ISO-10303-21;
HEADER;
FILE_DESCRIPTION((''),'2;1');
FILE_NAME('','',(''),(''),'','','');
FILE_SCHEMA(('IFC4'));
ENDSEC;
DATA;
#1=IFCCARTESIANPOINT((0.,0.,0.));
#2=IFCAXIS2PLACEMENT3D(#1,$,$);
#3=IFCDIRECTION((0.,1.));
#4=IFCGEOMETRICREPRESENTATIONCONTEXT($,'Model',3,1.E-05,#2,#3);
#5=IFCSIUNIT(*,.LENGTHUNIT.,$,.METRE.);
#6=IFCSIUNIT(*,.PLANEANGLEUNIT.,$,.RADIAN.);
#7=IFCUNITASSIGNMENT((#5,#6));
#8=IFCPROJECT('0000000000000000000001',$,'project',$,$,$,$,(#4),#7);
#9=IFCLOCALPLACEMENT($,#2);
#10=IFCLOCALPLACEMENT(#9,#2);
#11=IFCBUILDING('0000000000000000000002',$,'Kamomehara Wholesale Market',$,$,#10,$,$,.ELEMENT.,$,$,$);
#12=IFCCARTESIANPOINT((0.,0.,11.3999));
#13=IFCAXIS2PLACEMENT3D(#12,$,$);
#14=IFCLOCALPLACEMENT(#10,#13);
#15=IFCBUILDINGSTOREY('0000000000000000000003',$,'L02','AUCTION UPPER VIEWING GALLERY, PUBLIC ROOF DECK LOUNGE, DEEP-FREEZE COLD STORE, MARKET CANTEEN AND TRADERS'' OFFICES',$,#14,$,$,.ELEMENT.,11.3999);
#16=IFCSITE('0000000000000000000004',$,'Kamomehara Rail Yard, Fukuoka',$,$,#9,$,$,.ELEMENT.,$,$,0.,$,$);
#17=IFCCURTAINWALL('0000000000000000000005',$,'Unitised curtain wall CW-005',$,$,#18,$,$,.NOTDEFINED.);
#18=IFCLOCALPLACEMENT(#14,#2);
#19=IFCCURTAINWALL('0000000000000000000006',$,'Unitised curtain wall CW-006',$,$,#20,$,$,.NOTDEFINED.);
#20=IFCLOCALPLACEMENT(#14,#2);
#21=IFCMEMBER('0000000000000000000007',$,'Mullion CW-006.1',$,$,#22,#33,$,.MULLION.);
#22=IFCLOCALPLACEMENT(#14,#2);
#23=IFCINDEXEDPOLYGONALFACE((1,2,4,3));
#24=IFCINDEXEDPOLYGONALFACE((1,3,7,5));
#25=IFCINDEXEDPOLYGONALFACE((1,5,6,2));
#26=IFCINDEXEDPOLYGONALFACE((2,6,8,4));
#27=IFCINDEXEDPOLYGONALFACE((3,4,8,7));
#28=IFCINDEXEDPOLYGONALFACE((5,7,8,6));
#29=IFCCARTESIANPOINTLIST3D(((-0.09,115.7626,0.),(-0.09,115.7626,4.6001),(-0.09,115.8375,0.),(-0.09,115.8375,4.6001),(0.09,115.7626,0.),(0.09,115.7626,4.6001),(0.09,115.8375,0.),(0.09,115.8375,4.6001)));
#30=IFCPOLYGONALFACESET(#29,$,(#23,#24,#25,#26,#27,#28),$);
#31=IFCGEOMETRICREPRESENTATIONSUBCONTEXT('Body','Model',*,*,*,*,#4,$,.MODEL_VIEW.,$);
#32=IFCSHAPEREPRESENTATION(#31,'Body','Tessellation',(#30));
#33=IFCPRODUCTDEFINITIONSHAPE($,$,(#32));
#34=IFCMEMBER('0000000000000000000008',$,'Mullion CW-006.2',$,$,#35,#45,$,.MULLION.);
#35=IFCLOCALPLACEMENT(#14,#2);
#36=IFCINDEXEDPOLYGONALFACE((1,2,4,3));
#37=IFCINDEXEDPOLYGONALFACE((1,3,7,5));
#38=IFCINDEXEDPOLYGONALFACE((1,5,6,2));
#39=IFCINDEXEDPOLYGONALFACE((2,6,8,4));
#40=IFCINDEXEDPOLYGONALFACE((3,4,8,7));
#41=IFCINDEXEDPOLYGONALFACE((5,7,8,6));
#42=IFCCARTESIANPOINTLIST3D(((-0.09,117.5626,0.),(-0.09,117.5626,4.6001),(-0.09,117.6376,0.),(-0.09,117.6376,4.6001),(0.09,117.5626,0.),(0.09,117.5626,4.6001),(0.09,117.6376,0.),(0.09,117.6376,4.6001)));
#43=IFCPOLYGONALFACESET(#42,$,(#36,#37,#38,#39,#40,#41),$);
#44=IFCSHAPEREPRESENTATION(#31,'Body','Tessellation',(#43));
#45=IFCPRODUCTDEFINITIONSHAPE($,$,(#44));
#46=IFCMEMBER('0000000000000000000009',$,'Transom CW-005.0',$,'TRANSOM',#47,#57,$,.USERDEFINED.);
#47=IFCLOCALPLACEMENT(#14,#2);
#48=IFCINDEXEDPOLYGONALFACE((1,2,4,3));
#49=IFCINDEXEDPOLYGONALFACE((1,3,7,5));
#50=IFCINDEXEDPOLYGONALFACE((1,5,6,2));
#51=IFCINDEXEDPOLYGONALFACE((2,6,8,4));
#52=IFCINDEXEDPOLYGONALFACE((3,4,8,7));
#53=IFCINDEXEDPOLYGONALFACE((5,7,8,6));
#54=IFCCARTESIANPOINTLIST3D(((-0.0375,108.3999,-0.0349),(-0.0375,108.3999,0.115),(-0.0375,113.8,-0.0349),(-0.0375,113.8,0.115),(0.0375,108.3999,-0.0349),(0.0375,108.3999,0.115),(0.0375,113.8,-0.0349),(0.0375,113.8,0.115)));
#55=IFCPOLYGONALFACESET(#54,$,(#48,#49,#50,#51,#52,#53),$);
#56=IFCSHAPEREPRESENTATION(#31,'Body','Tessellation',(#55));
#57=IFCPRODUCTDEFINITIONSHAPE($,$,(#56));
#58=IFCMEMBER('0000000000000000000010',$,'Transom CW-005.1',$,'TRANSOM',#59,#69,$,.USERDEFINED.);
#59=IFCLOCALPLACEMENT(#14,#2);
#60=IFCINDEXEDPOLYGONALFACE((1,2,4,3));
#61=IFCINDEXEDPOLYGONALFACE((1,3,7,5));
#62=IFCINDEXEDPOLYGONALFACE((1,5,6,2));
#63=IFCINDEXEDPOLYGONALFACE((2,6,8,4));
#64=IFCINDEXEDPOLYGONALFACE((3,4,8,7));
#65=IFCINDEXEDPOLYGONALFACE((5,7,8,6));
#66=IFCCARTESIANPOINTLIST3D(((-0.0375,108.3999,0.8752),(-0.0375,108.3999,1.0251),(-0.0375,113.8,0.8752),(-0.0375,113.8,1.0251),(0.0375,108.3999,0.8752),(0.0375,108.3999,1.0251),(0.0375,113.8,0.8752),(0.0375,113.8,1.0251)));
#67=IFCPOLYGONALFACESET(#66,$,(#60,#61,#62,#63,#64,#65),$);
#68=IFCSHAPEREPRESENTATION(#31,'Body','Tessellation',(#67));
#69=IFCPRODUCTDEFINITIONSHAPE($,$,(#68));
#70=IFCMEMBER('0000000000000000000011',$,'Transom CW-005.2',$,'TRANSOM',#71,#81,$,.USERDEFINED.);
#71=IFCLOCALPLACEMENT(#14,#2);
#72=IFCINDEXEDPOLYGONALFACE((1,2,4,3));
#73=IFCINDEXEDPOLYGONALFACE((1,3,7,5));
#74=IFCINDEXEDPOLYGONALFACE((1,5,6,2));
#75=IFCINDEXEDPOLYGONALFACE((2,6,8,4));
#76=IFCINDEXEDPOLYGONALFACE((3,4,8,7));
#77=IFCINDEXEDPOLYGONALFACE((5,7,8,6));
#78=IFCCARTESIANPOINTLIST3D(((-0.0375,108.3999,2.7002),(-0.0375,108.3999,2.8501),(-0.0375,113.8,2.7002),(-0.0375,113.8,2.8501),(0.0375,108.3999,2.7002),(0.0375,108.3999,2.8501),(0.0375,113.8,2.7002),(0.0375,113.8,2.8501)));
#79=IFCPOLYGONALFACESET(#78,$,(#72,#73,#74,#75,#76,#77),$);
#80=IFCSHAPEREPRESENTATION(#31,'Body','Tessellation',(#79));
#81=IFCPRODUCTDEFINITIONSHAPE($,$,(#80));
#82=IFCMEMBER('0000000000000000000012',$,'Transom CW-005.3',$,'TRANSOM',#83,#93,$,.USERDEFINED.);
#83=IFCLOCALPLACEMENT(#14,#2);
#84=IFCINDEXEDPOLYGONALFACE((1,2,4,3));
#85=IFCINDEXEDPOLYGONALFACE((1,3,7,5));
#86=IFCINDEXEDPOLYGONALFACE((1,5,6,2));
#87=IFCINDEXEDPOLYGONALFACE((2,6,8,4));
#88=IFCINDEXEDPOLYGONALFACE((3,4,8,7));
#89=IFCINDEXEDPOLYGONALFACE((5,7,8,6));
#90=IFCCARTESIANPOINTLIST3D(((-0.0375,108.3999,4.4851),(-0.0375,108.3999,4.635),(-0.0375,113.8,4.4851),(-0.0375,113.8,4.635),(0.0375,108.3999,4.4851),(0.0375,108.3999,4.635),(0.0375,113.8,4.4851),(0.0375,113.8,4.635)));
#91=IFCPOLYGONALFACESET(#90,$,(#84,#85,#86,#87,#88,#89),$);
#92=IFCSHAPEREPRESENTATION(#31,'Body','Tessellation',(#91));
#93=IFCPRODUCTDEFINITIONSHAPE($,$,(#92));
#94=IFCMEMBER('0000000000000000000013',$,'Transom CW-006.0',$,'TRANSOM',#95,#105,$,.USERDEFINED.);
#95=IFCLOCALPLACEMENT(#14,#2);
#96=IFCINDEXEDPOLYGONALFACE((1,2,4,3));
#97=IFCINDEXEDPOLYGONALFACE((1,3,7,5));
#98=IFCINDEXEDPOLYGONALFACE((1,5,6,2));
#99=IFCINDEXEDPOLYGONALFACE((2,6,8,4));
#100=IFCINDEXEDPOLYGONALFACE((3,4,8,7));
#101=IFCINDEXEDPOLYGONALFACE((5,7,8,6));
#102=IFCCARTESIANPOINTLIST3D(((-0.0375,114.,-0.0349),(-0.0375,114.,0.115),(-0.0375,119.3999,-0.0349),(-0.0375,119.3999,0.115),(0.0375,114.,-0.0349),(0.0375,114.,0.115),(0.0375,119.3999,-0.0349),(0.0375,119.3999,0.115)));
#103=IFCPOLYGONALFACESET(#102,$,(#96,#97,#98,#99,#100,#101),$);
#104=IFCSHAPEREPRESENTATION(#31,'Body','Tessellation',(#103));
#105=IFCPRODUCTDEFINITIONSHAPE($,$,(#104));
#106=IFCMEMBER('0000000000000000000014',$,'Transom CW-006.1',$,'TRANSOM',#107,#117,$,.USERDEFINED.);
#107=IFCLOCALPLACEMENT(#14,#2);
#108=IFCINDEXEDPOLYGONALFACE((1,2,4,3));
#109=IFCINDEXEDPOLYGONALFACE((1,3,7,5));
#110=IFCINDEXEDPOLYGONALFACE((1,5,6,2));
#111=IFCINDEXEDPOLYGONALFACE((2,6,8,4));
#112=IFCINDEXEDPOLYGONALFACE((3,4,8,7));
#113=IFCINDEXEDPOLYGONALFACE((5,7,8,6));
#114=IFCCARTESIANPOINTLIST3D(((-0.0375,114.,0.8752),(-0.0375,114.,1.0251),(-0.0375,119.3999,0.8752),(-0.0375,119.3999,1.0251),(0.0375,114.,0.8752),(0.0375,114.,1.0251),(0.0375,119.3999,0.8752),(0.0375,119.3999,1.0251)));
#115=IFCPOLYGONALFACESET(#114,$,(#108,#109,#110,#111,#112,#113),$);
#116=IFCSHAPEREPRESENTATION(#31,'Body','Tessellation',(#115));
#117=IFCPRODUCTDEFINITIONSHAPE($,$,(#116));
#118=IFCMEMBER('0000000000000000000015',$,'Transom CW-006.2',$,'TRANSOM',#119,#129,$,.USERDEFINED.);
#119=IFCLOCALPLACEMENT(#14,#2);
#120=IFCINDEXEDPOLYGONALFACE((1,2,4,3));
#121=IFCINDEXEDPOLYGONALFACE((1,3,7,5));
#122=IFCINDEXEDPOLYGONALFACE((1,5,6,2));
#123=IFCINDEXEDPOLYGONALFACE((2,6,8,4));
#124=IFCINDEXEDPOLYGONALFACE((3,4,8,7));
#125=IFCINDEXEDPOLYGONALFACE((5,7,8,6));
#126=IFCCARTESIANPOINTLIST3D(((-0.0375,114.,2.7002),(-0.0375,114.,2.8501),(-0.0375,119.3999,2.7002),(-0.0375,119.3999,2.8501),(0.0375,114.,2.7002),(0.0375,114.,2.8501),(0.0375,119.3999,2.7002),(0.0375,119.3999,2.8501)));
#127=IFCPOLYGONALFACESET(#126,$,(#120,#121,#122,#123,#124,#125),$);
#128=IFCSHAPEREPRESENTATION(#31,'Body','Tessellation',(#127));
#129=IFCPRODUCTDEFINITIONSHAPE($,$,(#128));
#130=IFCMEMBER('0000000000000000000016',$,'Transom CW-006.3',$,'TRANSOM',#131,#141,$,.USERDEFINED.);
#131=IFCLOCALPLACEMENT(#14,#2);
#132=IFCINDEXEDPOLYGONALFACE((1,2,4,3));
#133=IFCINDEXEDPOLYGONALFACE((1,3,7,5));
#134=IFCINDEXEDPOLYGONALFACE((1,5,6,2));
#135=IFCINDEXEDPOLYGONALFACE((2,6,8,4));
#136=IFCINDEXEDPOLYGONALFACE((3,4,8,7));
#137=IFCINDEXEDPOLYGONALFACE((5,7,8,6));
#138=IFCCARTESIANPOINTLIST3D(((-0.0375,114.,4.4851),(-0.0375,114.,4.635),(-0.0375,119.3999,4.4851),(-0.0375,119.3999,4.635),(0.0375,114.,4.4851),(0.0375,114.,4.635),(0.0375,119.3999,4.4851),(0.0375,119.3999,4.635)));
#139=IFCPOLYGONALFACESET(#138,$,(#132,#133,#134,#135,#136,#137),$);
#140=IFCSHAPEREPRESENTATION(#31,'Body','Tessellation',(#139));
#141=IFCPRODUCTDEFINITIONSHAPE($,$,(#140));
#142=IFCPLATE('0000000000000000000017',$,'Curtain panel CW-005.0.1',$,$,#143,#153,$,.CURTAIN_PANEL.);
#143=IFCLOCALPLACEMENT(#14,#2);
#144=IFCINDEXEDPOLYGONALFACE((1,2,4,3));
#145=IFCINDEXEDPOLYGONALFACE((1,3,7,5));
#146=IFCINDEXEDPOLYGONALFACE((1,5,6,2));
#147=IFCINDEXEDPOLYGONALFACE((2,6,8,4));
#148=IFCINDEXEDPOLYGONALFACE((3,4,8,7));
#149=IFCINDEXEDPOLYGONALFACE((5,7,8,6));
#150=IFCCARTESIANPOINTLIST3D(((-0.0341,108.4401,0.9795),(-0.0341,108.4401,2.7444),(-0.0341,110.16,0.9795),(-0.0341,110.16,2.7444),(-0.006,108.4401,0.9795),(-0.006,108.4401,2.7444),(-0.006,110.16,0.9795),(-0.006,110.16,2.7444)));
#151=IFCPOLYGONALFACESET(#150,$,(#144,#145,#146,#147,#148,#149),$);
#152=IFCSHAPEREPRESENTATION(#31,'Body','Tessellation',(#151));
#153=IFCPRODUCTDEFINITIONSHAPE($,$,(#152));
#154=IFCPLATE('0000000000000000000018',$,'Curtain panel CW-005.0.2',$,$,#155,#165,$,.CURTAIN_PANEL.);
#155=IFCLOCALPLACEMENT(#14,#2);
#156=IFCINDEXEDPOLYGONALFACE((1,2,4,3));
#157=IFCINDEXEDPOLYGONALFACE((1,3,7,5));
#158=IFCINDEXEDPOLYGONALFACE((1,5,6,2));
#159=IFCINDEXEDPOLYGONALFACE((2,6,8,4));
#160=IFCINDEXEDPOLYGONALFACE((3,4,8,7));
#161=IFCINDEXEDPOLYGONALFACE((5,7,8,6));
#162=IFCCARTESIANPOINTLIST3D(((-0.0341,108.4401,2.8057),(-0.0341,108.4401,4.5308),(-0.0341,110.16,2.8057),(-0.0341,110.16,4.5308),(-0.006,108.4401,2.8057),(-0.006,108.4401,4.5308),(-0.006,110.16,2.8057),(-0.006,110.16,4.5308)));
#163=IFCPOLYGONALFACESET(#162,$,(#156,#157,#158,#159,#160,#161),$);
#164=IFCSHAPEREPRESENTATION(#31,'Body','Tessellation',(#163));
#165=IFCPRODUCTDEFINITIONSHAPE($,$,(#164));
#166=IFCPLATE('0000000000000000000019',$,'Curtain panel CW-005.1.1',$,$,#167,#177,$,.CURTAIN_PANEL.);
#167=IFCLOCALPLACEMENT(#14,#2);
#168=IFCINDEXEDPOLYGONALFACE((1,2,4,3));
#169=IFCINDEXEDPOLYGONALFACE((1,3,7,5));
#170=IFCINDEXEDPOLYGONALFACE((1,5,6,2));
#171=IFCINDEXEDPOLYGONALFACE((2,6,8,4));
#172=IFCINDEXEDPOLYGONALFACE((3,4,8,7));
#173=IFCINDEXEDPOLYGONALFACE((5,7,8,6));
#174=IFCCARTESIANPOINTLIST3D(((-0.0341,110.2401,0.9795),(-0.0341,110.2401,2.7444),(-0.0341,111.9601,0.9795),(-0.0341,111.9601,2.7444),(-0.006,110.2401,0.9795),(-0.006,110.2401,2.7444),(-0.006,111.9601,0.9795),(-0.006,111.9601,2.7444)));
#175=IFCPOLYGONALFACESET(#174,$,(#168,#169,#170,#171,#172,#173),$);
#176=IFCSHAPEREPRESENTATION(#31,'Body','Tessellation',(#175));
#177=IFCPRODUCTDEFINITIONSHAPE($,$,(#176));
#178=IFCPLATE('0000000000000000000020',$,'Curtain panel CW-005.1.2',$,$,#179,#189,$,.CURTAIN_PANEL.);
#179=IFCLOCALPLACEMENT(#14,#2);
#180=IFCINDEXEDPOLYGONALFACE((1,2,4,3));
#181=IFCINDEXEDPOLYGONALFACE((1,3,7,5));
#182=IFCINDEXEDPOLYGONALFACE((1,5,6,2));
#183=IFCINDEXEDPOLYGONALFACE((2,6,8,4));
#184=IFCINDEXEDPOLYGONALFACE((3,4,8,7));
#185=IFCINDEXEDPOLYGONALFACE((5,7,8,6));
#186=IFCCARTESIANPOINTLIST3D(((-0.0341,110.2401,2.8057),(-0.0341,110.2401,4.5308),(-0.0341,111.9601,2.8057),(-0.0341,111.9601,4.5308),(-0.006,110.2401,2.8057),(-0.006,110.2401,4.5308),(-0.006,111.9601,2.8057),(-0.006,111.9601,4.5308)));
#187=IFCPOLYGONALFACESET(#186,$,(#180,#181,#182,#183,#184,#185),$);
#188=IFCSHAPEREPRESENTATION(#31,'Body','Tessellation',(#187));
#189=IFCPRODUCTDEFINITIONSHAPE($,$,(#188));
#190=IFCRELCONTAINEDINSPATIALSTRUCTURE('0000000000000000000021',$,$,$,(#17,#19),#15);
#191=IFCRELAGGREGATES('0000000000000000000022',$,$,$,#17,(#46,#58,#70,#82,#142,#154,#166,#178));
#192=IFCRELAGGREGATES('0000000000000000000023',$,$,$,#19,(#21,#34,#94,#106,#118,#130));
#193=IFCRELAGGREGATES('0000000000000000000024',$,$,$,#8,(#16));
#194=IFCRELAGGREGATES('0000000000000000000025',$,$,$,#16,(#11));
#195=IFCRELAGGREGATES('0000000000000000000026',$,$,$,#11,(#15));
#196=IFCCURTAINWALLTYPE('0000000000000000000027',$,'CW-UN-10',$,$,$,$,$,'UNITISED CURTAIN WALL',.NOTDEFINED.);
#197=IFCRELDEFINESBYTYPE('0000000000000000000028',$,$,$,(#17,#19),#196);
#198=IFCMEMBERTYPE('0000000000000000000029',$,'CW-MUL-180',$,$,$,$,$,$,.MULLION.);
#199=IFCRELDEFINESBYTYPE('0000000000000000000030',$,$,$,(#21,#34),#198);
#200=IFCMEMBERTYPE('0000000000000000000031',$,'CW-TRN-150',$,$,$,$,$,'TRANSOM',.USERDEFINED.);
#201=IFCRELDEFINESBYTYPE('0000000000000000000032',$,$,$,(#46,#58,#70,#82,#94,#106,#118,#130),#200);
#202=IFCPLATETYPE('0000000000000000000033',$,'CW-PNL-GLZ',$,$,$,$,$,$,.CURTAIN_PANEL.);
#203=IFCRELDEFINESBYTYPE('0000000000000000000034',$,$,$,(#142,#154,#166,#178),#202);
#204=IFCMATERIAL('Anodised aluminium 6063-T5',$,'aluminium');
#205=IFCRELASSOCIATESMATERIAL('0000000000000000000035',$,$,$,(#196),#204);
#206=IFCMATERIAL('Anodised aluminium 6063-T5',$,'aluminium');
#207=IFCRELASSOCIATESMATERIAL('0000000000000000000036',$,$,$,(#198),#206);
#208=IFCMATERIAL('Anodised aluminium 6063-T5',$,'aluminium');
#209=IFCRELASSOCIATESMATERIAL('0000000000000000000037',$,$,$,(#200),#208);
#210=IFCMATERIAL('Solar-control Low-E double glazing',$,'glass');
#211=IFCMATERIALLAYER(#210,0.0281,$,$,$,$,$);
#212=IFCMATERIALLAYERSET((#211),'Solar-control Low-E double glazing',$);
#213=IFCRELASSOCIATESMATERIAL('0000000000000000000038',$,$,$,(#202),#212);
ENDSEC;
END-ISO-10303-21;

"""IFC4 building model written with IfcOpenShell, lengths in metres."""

from ifc_helpers import new_model, si_unit, direction, frame, origin, origin_2d, place, context, subcontext, project, spatial, rectangle, extrude, material, layer, layer_set, material_profile, profile_set, type_object, element, aggregate, save


model = new_model("IFC4")

# Units and contexts
model_context = context("Model", 3, precision=1e-05, world=origin(), true_north=direction((0.0, 1.0)))
body_context = subcontext(model_context, "Body", "Model", "MODEL_VIEW")
ifc_project = project(units=[si_unit("LENGTHUNIT", "METRE"), si_unit("PLANEANGLEUNIT", "RADIAN")], contexts=[model_context])

# Site, building, storey
site_placement = place(None, origin())
site = spatial("IfcSite", under=ifc_project, at=site_placement, Name="Kamomehara Rail Yard, Fukuoka", CompositionType="ELEMENT", RefElevation=0.0)
building_placement = place(site_placement, origin())
building = spatial("IfcBuilding", under=site, at=building_placement, Name="Kamomehara Wholesale Market", CompositionType="ELEMENT")
storey_placement = place(building_placement, frame((0.0, 0.0, 11.3999)))
storey = spatial("IfcBuildingStorey", under=building, at=storey_placement, Name="L02", Description="AUCTION UPPER VIEWING GALLERY, PUBLIC ROOF DECK LOUNGE, DEEP-FREEZE COLD STORE, MARKET CANTEEN AND TRADERS' OFFICES", CompositionType="ELEMENT", Elevation=11.3999)

# Curtain walls, members
ifc_material_1 = material(Name="Anodised aluminium 6063-T5", Category="aluminium")
curtain_wall_type = type_object("IfcCurtainWallType", Name="CW-UN-10", ElementType="UNITISED CURTAIN WALL", PredefinedType="NOTDEFINED", material=ifc_material_1)
curtain_wall_1_placement = place(storey_placement, origin())
curtain_wall_1 = element("IfcCurtainWall", 1, at=curtain_wall_1_placement, inside=storey, type_object=curtain_wall_type, Name="Unitised curtain wall CW-005", PredefinedType="NOTDEFINED")
ifc_material_2 = material(Name="Anodised aluminium 6063-T5", Category="aluminium")
ifc_material_profile_1 = material_profile(ifc_material_2, rectangle(XDim=0.075, YDim=0.1799, at=origin_2d()), Name="ALU-MUL-75x180")
ifc_profile_set_1 = profile_set([ifc_material_profile_1], Name="Anodised aluminium 6063-T5")
member_type_1 = type_object("IfcMemberType", Name="CW-MUL-180", PredefinedType="MULLION", material=ifc_profile_set_1)
curtain_wall_2_placement = place(storey_placement, origin())
curtain_wall_2 = element("IfcCurtainWall", 2, at=curtain_wall_2_placement, inside=storey, type_object=curtain_wall_type, Name="Unitised curtain wall CW-006", PredefinedType="NOTDEFINED")
member_1_placement = place(storey_placement, frame((0.0, 115.8, 0.0), z_axis=(0.0, 0.0, 1.0), x_axis=(0.0, 1.0, 0.0)))
member_1 = element("IfcMember", 3, at=member_1_placement, type_object=member_type_1, Name="Mullion CW-006.1", PredefinedType="MULLION", context=body_context, shape_type="SweptSolid", body=[
    extrude(rectangle(XDim=0.075, YDim=0.1799, at=origin_2d()), origin(), (0.0, 0.0, 1.0), 4.6001),
])
member_2_placement = place(storey_placement, frame((0.0, 117.6001, 0.0), z_axis=(0.0, 0.0, 1.0), x_axis=(0.0, 1.0, 0.0)))
member_2 = element("IfcMember", 4, at=member_2_placement, type_object=member_type_1, Name="Mullion CW-006.2", PredefinedType="MULLION", context=body_context, shape_type="SweptSolid", body=[
    extrude(rectangle(XDim=0.075, YDim=0.1799, at=origin_2d()), origin(), (0.0, 0.0, 1.0), 4.6001),
])

# Members
ifc_material_3 = material(Name="Anodised aluminium 6063-T5", Category="aluminium")
ifc_material_profile_2 = material_profile(ifc_material_3, rectangle(XDim=0.075, YDim=0.1499, at=origin_2d()), Name="ALU-TRN-75x150")
ifc_profile_set_2 = profile_set([ifc_material_profile_2], Name="Anodised aluminium 6063-T5")
member_type_2 = type_object("IfcMemberType", Name="CW-TRN-150", ElementType="TRANSOM", PredefinedType="USERDEFINED", material=ifc_profile_set_2)
member_3_placement = place(storey_placement, frame((0.0, 108.3999, 0.04), z_axis=(0.0, 1.0, 0.0), x_axis=(-1.0, 0.0, 0.0)))
member_3 = element("IfcMember", 5, at=member_3_placement, type_object=member_type_2, Name="Transom CW-005.0", ObjectType="TRANSOM", PredefinedType="USERDEFINED", context=body_context, shape_type="SweptSolid", body=[
    extrude(rectangle(XDim=0.075, YDim=0.1499, at=origin_2d()), origin(), (0.0, 0.0, 1.0), 5.4001),
])
member_4_placement = place(storey_placement, frame((0.0, 108.3999, 0.9502), z_axis=(0.0, 1.0, 0.0), x_axis=(-1.0, 0.0, 0.0)))
member_4 = element("IfcMember", 6, at=member_4_placement, type_object=member_type_2, Name="Transom CW-005.1", ObjectType="TRANSOM", PredefinedType="USERDEFINED", context=body_context, shape_type="SweptSolid", body=[
    extrude(rectangle(XDim=0.075, YDim=0.1499, at=origin_2d()), origin(), (0.0, 0.0, 1.0), 5.4001),
])
member_5_placement = place(storey_placement, frame((0.0, 108.3999, 2.7751), z_axis=(0.0, 1.0, 0.0), x_axis=(-1.0, 0.0, 0.0)))
member_5 = element("IfcMember", 7, at=member_5_placement, type_object=member_type_2, Name="Transom CW-005.2", ObjectType="TRANSOM", PredefinedType="USERDEFINED", context=body_context, shape_type="SweptSolid", body=[
    extrude(rectangle(XDim=0.075, YDim=0.1499, at=origin_2d()), origin(), (0.0, 0.0, 1.0), 5.4001),
])
member_6_placement = place(storey_placement, frame((0.0, 108.3999, 4.5601), z_axis=(0.0, 1.0, 0.0), x_axis=(-1.0, 0.0, 0.0)))
member_6 = element("IfcMember", 8, at=member_6_placement, type_object=member_type_2, Name="Transom CW-005.3", ObjectType="TRANSOM", PredefinedType="USERDEFINED", context=body_context, shape_type="SweptSolid", body=[
    extrude(rectangle(XDim=0.075, YDim=0.1499, at=origin_2d()), origin(), (0.0, 0.0, 1.0), 5.4001),
])
member_7_placement = place(storey_placement, frame((0.0, 114.0, 0.04), z_axis=(0.0, 1.0, 0.0), x_axis=(-1.0, 0.0, 0.0)))
member_7 = element("IfcMember", 9, at=member_7_placement, type_object=member_type_2, Name="Transom CW-006.0", ObjectType="TRANSOM", PredefinedType="USERDEFINED", context=body_context, shape_type="SweptSolid", body=[
    extrude(rectangle(XDim=0.075, YDim=0.1499, at=origin_2d()), origin(), (0.0, 0.0, 1.0), 5.3999),
])
member_8_placement = place(storey_placement, frame((0.0, 114.0, 0.9502), z_axis=(0.0, 1.0, 0.0), x_axis=(-1.0, 0.0, 0.0)))
member_8 = element("IfcMember", 10, at=member_8_placement, type_object=member_type_2, Name="Transom CW-006.1", ObjectType="TRANSOM", PredefinedType="USERDEFINED", context=body_context, shape_type="SweptSolid", body=[
    extrude(rectangle(XDim=0.075, YDim=0.1499, at=origin_2d()), origin(), (0.0, 0.0, 1.0), 5.3999),
])
member_9_placement = place(storey_placement, frame((0.0, 114.0, 2.7751), z_axis=(0.0, 1.0, 0.0), x_axis=(-1.0, 0.0, 0.0)))
member_9 = element("IfcMember", 11, at=member_9_placement, type_object=member_type_2, Name="Transom CW-006.2", ObjectType="TRANSOM", PredefinedType="USERDEFINED", context=body_context, shape_type="SweptSolid", body=[
    extrude(rectangle(XDim=0.075, YDim=0.1499, at=origin_2d()), origin(), (0.0, 0.0, 1.0), 5.3999),
])
member_10_placement = place(storey_placement, frame((0.0, 114.0, 4.5601), z_axis=(0.0, 1.0, 0.0), x_axis=(-1.0, 0.0, 0.0)))
member_10 = element("IfcMember", 12, at=member_10_placement, type_object=member_type_2, Name="Transom CW-006.3", ObjectType="TRANSOM", PredefinedType="USERDEFINED", context=body_context, shape_type="SweptSolid", body=[
    extrude(rectangle(XDim=0.075, YDim=0.1499, at=origin_2d()), origin(), (0.0, 0.0, 1.0), 5.3999),
])

# Plates
ifc_material_4 = material(Name="Solar-control Low-E double glazing", Category="glass")
ifc_layer_1 = layer(ifc_material_4, 0.0281)
ifc_layer_set_1 = layer_set([ifc_layer_1], Name="Solar-control Low-E double glazing")
plate_type_1 = type_object("IfcPlateType", Name="CW-PNL-GLZ", PredefinedType="CURTAIN_PANEL", material=ifc_layer_set_1)
plate_1_placement = place(storey_placement, frame((-0.02, 109.3, 0.9795), z_axis=(0.0, 0.0, 1.0), x_axis=(0.0, 1.0, 0.0)))
plate_1 = element("IfcPlate", 13, at=plate_1_placement, type_object=plate_type_1, Name="Curtain panel CW-005.0.1", PredefinedType="CURTAIN_PANEL", context=body_context, shape_type="SweptSolid", body=[
    extrude(rectangle(XDim=1.72, YDim=0.0281, at=origin_2d()), origin(), (0.0, 0.0, 1.0), 1.7649),
])
plate_2_placement = place(storey_placement, frame((-0.02, 109.3, 2.8057), z_axis=(0.0, 0.0, 1.0), x_axis=(0.0, 1.0, 0.0)))
plate_2 = element("IfcPlate", 14, at=plate_2_placement, type_object=plate_type_1, Name="Curtain panel CW-005.0.2", PredefinedType="CURTAIN_PANEL", context=body_context, shape_type="SweptSolid", body=[
    extrude(rectangle(XDim=1.72, YDim=0.0281, at=origin_2d()), origin(), (0.0, 0.0, 1.0), 1.7251),
])
plate_3_placement = place(storey_placement, frame((-0.02, 111.1001, 0.9795), z_axis=(0.0, 0.0, 1.0), x_axis=(0.0, 1.0, 0.0)))
plate_3 = element("IfcPlate", 15, at=plate_3_placement, type_object=plate_type_1, Name="Curtain panel CW-005.1.1", PredefinedType="CURTAIN_PANEL", context=body_context, shape_type="SweptSolid", body=[
    extrude(rectangle(XDim=1.72, YDim=0.0281, at=origin_2d()), origin(), (0.0, 0.0, 1.0), 1.7649),
])
plate_4_placement = place(storey_placement, frame((-0.02, 111.1001, 2.8057), z_axis=(0.0, 0.0, 1.0), x_axis=(0.0, 1.0, 0.0)))
plate_4 = element("IfcPlate", 16, at=plate_4_placement, type_object=plate_type_1, Name="Curtain panel CW-005.1.2", PredefinedType="CURTAIN_PANEL", context=body_context, shape_type="SweptSolid", body=[
    extrude(rectangle(XDim=1.72, YDim=0.0281, at=origin_2d()), origin(), (0.0, 0.0, 1.0), 1.7251),
])
aggregate(curtain_wall_1, [member_3, member_4, member_5, member_6, plate_1, plate_2, plate_3, plate_4])
aggregate(curtain_wall_2, [member_1, member_2, member_7, member_8, member_9, member_10])

save(model, "model.ifc")
